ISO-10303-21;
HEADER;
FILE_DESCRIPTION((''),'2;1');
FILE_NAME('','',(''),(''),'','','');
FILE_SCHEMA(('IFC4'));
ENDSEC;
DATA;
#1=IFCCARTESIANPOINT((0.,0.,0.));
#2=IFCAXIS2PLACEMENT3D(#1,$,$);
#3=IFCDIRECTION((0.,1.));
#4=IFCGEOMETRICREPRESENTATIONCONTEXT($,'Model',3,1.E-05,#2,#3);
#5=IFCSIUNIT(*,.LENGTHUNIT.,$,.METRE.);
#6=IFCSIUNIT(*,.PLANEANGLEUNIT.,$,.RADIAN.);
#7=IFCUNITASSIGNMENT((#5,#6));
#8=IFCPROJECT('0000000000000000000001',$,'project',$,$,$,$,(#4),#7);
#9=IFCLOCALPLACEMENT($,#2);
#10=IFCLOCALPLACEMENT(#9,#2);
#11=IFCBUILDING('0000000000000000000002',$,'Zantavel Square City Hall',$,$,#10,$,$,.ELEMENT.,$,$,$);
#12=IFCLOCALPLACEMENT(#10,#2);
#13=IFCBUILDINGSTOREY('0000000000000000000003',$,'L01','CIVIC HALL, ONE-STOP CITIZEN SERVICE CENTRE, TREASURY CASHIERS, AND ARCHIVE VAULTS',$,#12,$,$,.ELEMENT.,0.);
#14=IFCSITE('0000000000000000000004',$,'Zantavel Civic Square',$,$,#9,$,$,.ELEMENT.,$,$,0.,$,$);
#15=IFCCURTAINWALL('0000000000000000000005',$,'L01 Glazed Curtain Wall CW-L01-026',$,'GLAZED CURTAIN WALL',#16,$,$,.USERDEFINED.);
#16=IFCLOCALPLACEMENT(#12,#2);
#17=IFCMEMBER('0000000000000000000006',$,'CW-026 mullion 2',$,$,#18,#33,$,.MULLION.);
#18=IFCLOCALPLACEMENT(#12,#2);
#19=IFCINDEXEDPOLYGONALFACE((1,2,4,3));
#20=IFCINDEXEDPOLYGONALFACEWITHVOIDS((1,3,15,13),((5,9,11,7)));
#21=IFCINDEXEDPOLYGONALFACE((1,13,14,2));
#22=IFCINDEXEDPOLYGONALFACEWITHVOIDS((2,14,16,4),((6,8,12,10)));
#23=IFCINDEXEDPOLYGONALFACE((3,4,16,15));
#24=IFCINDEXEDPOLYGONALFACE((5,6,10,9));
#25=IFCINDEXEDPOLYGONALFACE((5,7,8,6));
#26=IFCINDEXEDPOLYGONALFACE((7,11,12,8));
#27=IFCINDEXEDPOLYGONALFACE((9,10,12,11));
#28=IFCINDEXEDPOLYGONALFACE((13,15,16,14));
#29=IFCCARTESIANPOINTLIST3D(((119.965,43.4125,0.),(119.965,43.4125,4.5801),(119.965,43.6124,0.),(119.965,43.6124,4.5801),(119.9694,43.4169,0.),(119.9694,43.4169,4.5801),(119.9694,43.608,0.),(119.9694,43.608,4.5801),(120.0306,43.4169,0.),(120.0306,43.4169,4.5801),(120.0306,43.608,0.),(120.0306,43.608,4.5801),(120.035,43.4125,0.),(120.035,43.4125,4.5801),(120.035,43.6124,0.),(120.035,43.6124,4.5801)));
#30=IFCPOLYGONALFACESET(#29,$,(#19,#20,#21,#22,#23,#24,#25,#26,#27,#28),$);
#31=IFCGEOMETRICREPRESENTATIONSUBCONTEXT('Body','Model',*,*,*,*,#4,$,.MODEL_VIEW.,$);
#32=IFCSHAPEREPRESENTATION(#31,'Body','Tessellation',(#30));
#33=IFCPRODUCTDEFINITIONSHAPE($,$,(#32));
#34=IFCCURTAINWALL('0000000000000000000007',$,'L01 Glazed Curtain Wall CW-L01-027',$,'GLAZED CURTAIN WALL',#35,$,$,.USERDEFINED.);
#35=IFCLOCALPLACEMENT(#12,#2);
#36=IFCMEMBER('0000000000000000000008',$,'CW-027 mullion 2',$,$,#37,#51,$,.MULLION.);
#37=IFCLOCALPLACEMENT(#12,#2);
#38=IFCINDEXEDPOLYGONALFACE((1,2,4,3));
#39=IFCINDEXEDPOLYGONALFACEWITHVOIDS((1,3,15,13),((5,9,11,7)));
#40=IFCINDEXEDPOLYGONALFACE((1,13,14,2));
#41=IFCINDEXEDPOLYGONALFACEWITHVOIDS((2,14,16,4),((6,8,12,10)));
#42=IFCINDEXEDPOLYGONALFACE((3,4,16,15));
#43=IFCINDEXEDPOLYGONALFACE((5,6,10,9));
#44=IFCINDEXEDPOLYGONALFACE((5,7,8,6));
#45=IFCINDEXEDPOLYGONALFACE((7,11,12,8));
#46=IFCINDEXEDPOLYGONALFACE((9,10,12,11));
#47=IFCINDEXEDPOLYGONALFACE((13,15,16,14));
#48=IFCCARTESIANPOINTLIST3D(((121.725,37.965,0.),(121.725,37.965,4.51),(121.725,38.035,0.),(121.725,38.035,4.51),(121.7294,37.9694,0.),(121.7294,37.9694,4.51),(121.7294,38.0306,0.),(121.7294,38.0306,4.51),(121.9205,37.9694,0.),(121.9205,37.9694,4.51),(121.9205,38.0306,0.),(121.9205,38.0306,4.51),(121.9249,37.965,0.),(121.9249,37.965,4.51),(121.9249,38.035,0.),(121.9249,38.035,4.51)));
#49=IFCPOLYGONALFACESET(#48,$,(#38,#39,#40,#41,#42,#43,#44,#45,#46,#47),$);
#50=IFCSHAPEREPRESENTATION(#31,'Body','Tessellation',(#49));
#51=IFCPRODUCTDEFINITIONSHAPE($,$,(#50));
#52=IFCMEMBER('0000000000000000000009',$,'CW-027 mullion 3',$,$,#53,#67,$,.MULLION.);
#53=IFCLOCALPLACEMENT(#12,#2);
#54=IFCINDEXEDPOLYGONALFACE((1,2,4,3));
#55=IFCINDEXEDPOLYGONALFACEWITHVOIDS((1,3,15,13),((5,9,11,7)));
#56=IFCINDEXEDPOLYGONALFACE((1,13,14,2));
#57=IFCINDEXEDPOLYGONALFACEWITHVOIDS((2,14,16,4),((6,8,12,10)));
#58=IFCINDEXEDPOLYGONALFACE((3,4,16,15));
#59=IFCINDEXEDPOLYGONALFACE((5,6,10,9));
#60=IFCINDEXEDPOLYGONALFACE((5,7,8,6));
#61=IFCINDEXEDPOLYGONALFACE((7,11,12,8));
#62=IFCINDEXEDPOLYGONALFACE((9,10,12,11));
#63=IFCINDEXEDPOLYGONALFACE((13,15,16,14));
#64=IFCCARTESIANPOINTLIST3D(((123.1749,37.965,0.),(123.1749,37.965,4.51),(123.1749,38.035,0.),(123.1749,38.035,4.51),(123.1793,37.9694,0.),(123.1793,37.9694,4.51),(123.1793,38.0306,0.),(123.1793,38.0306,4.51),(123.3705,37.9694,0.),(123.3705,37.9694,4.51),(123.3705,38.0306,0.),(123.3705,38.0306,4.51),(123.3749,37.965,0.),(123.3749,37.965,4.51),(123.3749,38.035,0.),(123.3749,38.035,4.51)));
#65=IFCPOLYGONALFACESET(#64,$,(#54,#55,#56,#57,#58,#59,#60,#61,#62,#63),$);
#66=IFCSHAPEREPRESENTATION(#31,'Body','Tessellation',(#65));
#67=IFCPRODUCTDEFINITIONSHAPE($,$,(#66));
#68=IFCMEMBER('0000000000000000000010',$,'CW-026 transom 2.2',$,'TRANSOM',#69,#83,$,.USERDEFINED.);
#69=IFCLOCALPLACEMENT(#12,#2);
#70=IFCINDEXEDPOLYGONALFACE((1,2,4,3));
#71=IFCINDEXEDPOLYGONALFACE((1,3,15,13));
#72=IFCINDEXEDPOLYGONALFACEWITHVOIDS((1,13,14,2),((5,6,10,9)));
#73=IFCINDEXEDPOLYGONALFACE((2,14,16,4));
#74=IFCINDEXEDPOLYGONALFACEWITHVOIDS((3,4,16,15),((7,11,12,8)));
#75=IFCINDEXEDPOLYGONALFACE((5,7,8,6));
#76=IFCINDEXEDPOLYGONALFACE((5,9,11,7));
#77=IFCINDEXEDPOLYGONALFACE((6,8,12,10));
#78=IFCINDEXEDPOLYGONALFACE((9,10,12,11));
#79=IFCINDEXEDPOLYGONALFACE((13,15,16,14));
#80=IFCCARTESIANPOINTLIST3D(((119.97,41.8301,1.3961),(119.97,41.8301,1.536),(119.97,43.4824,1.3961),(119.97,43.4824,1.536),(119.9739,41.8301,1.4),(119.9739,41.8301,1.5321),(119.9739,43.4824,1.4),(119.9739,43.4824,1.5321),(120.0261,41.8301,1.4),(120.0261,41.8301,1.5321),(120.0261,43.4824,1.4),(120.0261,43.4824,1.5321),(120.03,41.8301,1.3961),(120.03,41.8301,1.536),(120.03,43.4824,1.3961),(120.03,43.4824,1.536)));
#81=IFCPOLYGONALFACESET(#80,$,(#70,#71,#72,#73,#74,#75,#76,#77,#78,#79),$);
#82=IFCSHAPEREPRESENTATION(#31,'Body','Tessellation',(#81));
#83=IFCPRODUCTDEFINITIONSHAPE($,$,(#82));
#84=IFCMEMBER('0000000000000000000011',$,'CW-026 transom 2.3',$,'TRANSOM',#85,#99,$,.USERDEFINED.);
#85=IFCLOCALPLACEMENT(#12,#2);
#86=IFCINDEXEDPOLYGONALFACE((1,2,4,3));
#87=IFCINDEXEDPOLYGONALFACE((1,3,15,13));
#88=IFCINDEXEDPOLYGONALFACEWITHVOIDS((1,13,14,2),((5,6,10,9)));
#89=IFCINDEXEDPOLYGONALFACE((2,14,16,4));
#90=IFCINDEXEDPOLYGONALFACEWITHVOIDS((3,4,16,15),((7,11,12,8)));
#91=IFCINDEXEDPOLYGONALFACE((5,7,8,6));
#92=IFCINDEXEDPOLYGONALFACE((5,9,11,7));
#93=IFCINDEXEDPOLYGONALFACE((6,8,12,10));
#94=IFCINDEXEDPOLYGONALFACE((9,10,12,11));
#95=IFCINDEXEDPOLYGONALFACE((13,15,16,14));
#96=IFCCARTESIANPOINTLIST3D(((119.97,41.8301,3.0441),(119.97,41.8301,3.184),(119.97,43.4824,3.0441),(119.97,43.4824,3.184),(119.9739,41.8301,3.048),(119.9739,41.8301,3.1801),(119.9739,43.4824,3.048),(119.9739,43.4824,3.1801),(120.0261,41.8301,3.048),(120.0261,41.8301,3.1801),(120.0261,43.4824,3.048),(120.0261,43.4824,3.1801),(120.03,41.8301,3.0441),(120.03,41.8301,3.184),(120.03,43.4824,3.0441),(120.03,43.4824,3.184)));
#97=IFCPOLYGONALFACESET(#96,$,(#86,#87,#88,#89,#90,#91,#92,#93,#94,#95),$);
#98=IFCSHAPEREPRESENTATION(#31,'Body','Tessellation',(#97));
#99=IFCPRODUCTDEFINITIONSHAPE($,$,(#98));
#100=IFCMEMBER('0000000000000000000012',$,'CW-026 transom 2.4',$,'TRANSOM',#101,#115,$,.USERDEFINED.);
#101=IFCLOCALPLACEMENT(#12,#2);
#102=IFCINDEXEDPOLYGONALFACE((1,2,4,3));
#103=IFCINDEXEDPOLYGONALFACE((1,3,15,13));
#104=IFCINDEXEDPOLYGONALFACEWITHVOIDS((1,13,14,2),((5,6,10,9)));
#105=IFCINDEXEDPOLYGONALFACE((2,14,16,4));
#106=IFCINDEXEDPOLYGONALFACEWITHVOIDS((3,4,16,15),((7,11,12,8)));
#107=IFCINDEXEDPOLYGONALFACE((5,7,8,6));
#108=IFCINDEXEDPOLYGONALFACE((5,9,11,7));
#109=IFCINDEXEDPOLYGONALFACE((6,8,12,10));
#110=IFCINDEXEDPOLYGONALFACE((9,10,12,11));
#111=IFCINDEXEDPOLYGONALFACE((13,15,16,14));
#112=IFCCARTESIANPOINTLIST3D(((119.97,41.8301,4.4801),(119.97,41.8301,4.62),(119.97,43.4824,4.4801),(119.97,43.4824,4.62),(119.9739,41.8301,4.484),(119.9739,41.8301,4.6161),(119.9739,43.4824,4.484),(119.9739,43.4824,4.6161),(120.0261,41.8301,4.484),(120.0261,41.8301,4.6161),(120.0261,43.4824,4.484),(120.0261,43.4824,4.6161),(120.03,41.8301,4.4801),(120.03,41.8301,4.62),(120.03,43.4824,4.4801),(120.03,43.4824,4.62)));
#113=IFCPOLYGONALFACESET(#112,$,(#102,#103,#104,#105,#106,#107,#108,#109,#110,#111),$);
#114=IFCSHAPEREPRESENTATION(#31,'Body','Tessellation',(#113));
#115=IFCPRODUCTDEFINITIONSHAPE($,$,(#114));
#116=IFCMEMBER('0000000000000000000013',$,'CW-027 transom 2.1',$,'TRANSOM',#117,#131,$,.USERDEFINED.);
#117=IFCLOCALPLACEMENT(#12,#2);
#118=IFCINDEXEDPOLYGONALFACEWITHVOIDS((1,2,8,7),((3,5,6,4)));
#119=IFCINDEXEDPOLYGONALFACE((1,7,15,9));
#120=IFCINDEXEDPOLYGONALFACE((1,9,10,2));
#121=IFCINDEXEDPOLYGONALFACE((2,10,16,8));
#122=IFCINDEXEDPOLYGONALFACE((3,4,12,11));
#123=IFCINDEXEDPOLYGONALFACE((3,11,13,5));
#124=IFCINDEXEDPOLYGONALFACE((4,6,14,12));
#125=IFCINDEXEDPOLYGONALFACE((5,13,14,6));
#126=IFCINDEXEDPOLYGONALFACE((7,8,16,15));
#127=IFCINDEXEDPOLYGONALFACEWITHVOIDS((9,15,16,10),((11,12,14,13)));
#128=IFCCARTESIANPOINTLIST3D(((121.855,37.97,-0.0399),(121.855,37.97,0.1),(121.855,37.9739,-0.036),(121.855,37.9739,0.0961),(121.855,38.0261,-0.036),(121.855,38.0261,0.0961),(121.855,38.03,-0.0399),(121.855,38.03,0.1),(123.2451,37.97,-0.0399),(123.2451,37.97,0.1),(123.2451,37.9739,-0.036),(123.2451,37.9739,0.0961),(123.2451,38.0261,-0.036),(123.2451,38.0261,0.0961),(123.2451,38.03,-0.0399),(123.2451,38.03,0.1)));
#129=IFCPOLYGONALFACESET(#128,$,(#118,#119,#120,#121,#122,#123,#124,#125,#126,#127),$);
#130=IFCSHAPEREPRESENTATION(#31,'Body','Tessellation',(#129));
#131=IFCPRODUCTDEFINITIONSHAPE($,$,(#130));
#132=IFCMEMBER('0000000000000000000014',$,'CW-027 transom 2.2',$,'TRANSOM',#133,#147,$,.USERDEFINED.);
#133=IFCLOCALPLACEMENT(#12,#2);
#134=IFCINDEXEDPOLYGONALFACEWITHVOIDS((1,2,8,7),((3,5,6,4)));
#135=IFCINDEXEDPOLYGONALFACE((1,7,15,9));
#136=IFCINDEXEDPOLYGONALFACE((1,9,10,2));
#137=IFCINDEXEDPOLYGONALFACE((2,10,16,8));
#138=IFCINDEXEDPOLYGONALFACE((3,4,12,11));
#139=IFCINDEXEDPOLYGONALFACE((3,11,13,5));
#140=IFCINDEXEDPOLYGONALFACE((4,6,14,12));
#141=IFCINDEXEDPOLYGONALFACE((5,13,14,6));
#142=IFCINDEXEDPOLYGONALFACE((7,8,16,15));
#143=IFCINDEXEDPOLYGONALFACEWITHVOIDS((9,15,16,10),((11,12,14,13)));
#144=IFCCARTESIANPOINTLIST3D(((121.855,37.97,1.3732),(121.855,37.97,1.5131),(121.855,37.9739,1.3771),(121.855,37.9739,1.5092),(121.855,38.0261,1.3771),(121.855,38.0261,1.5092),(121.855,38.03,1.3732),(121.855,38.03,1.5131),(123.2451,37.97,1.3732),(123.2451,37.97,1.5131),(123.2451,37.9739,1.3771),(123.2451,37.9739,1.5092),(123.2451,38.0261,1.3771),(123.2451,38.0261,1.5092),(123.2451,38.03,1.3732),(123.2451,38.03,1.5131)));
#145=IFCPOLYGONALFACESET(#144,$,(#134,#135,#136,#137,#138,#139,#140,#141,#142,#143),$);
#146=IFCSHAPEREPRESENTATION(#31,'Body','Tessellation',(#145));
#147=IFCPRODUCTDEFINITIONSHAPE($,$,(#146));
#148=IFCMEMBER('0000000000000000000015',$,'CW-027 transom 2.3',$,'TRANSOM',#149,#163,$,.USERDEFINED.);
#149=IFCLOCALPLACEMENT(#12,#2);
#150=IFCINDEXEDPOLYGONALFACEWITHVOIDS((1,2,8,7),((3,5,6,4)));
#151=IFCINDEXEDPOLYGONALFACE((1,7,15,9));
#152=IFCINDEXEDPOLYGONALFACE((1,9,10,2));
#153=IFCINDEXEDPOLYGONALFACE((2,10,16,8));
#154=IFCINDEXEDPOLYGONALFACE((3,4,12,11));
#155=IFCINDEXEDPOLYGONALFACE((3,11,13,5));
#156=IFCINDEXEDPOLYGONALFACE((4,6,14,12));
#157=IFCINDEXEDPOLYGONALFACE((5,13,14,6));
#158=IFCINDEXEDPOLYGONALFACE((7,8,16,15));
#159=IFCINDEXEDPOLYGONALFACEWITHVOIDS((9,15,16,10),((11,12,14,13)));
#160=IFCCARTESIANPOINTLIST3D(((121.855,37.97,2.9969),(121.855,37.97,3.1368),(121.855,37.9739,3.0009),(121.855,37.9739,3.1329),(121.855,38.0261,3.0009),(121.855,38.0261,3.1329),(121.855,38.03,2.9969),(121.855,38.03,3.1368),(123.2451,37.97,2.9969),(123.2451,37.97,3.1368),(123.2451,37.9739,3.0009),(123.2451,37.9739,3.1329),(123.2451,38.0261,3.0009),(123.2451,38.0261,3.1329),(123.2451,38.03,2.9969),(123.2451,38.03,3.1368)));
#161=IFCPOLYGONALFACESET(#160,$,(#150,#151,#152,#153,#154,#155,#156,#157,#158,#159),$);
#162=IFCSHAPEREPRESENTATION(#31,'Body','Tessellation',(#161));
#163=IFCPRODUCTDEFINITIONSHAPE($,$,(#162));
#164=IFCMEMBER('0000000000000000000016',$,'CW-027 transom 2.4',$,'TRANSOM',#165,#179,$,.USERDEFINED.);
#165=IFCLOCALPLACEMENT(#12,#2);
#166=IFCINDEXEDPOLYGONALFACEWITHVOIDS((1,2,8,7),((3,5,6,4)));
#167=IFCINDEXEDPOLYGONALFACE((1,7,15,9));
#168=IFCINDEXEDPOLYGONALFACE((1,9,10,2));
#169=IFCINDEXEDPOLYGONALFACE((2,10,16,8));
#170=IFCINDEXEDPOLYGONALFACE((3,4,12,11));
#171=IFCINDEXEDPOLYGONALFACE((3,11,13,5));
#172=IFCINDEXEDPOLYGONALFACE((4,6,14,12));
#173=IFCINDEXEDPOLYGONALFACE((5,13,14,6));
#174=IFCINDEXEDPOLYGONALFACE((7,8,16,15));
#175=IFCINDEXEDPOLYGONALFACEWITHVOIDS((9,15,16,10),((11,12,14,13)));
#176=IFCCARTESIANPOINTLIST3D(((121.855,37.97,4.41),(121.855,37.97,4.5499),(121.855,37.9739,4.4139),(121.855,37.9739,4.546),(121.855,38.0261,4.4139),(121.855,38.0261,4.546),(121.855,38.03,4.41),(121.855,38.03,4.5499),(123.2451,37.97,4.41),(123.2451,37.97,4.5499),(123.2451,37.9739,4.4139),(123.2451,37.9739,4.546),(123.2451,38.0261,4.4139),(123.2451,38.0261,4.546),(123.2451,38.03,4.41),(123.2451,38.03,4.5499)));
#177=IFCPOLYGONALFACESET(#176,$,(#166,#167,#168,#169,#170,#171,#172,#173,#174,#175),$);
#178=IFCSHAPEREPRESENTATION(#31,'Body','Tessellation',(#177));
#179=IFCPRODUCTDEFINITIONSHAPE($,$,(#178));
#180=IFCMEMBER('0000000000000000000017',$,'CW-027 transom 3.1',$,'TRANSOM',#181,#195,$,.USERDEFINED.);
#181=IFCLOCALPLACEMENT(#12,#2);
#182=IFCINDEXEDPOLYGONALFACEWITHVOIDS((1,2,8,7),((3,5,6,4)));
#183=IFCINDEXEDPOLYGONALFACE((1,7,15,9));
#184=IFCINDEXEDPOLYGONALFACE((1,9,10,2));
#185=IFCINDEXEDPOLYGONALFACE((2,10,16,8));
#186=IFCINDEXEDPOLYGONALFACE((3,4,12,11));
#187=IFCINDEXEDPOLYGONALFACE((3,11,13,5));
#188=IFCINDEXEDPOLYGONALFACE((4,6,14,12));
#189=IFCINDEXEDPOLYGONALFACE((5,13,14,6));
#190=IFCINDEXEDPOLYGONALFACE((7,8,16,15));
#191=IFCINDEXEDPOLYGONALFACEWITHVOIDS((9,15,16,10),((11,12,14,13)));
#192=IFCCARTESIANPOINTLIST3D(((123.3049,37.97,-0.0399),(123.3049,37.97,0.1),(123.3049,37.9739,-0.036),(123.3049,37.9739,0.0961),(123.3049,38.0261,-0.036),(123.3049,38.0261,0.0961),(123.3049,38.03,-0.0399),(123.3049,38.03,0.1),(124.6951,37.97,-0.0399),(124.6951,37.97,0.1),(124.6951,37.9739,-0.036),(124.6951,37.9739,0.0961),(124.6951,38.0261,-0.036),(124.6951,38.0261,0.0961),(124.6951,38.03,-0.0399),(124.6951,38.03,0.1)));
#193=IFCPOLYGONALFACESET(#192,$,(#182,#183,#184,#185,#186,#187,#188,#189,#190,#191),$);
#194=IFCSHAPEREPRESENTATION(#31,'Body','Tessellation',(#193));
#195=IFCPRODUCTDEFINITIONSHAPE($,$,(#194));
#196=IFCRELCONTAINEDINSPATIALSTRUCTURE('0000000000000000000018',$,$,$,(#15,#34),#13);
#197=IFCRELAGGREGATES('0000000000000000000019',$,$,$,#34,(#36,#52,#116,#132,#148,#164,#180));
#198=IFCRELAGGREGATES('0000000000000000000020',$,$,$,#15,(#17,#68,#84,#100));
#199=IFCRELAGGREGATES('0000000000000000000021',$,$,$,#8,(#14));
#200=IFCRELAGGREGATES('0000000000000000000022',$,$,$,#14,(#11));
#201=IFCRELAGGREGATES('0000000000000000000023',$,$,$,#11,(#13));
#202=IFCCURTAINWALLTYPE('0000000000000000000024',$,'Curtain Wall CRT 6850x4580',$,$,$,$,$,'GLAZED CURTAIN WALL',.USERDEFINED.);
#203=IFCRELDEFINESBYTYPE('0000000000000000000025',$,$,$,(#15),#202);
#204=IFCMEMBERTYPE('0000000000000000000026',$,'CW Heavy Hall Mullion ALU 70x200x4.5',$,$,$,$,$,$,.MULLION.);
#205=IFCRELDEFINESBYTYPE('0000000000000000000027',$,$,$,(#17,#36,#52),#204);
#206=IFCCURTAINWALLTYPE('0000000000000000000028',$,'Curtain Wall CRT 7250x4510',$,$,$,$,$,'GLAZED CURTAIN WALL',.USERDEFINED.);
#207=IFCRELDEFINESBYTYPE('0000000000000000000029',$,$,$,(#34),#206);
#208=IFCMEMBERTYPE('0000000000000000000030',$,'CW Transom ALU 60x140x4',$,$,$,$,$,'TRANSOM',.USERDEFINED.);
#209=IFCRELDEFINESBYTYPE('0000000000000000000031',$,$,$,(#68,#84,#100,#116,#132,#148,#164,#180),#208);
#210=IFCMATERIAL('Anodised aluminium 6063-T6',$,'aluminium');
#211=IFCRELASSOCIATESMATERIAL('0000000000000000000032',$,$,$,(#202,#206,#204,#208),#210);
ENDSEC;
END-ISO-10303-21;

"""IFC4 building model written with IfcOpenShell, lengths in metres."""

from ifc_helpers import new_model, si_unit, direction, frame, origin, origin_2d, place, context, subcontext, project, spatial, hollow_rectangle, extrude, material, material_profile, profile_set, type_object, element, aggregate, save


model = new_model("IFC4")

# Units and contexts
model_context = context("Model", 3, precision=1e-05, world=origin(), true_north=direction((0.0, 1.0)))
body_context = subcontext(model_context, "Body", "Model", "MODEL_VIEW")
ifc_project = project(units=[si_unit("LENGTHUNIT", "METRE"), si_unit("PLANEANGLEUNIT", "RADIAN")], contexts=[model_context])

# Site, building, storey
site_placement = place(None, origin())
site = spatial("IfcSite", under=ifc_project, at=site_placement, Name="Zantavel Civic Square", CompositionType="ELEMENT", RefElevation=0.0)
building_placement = place(site_placement, origin())
building = spatial("IfcBuilding", under=site, at=building_placement, Name="Zantavel Square City Hall", CompositionType="ELEMENT")
storey_placement = place(building_placement, origin())
storey = spatial("IfcBuildingStorey", under=building, at=storey_placement, Name="L01", Description="CIVIC HALL, ONE-STOP CITIZEN SERVICE CENTRE, TREASURY CASHIERS, AND ARCHIVE VAULTS", CompositionType="ELEMENT", Elevation=0.0)

# Curtain wall, member
ifc_material_1 = material(Name="Anodised aluminium 6063-T6", Category="aluminium")
curtain_wall_type_1 = type_object("IfcCurtainWallType", Name="Curtain Wall CRT 6850x4580", ElementType="GLAZED CURTAIN WALL", PredefinedType="USERDEFINED", material=ifc_material_1)
curtain_wall_1_placement = place(storey_placement, origin())
curtain_wall_1 = element("IfcCurtainWall", 1, at=curtain_wall_1_placement, inside=storey, type_object=curtain_wall_type_1, Name="L01 Glazed Curtain Wall CW-L01-026", ObjectType="GLAZED CURTAIN WALL", PredefinedType="USERDEFINED")
ifc_material_profile_1 = material_profile(ifc_material_1, hollow_rectangle(XDim=0.0701, YDim=0.2, WallThickness=0.0044, at=origin_2d()), Name="ALU 70x200x4.5")
ifc_profile_set_1 = profile_set([ifc_material_profile_1], Name="Anodised aluminium 6063-T6")
member_type_1 = type_object("IfcMemberType", Name="CW Heavy Hall Mullion ALU 70x200x4.5", PredefinedType="MULLION", material=ifc_profile_set_1)
member_1_placement = place(storey_placement, frame((120.0, 43.5125, 0.0), z_axis=(0.0, 0.0, 1.0), x_axis=(1.0, 0.0, 0.0)))
member_1 = element("IfcMember", 2, at=member_1_placement, type_object=member_type_1, Name="CW-026 mullion 2", PredefinedType="MULLION", context=body_context, shape_type="SweptSolid", body=[
    extrude(hollow_rectangle(XDim=0.0701, YDim=0.2, WallThickness=0.0044, at=origin_2d()), origin(), (0.0, 0.0, 1.0), 4.5801),
])

# Curtain wall, members
curtain_wall_type_2 = type_object("IfcCurtainWallType", Name="Curtain Wall CRT 7250x4510", ElementType="GLAZED CURTAIN WALL", PredefinedType="USERDEFINED", material=ifc_material_1)
curtain_wall_2_placement = place(storey_placement, origin())
curtain_wall_2 = element("IfcCurtainWall", 3, at=curtain_wall_2_placement, inside=storey, type_object=curtain_wall_type_2, Name="L01 Glazed Curtain Wall CW-L01-027", ObjectType="GLAZED CURTAIN WALL", PredefinedType="USERDEFINED")
member_2_placement = place(storey_placement, frame((121.825, 38.0, 0.0), z_axis=(0.0, 0.0, 1.0), x_axis=(0.0, 1.0, 0.0)))
member_2 = element("IfcMember", 4, at=member_2_placement, type_object=member_type_1, Name="CW-027 mullion 2", PredefinedType="MULLION", context=body_context, shape_type="SweptSolid", body=[
    extrude(hollow_rectangle(XDim=0.0701, YDim=0.2, WallThickness=0.0044, at=origin_2d()), origin(), (0.0, 0.0, 1.0), 4.51),
])
member_3_placement = place(storey_placement, frame((123.2749, 38.0, 0.0), z_axis=(0.0, 0.0, 1.0), x_axis=(0.0, 1.0, 0.0)))
member_3 = element("IfcMember", 5, at=member_3_placement, type_object=member_type_1, Name="CW-027 mullion 3", PredefinedType="MULLION", context=body_context, shape_type="SweptSolid", body=[
    extrude(hollow_rectangle(XDim=0.0701, YDim=0.2, WallThickness=0.0044, at=origin_2d()), origin(), (0.0, 0.0, 1.0), 4.51),
])

# Members
ifc_material_profile_2 = material_profile(ifc_material_1, hollow_rectangle(XDim=0.0601, YDim=0.1399, WallThickness=0.0039, at=origin_2d()), Name="ALU 60x140x4")
ifc_profile_set_2 = profile_set([ifc_material_profile_2], Name="Anodised aluminium 6063-T6")
member_type_2 = type_object("IfcMemberType", Name="CW Transom ALU 60x140x4", ElementType="TRANSOM", PredefinedType="USERDEFINED", material=ifc_profile_set_2)
member_4_placement = place(storey_placement, frame((120.0, 43.4824, 1.4661), z_axis=(0.0, -1.0, 0.0), x_axis=(1.0, 0.0, 0.0)))
member_4 = element("IfcMember", 6, at=member_4_placement, type_object=member_type_2, Name="CW-026 transom 2.2", ObjectType="TRANSOM", PredefinedType="USERDEFINED", context=body_context, shape_type="SweptSolid", body=[
    extrude(hollow_rectangle(XDim=0.0601, YDim=0.1399, WallThickness=0.0039, at=origin_2d()), origin(), (0.0, 0.0, 1.0), 1.6523),
])
member_5_placement = place(storey_placement, frame((120.0, 43.4824, 3.114), z_axis=(0.0, -1.0, 0.0), x_axis=(1.0, 0.0, 0.0)))
member_5 = element("IfcMember", 7, at=member_5_placement, type_object=member_type_2, Name="CW-026 transom 2.3", ObjectType="TRANSOM", PredefinedType="USERDEFINED", context=body_context, shape_type="SweptSolid", body=[
    extrude(hollow_rectangle(XDim=0.0601, YDim=0.1399, WallThickness=0.0039, at=origin_2d()), origin(), (0.0, 0.0, 1.0), 1.6523),
])
member_6_placement = place(storey_placement, frame((120.0, 43.4824, 4.55), z_axis=(0.0, -1.0, 0.0), x_axis=(1.0, 0.0, 0.0)))
member_6 = element("IfcMember", 8, at=member_6_placement, type_object=member_type_2, Name="CW-026 transom 2.4", ObjectType="TRANSOM", PredefinedType="USERDEFINED", context=body_context, shape_type="SweptSolid", body=[
    extrude(hollow_rectangle(XDim=0.0601, YDim=0.1399, WallThickness=0.0039, at=origin_2d()), origin(), (0.0, 0.0, 1.0), 1.6523),
])
member_7_placement = place(storey_placement, frame((121.855, 38.0, 0.03), z_axis=(1.0, 0.0, 0.0), x_axis=(0.0, 1.0, 0.0)))
member_7 = element("IfcMember", 9, at=member_7_placement, type_object=member_type_2, Name="CW-027 transom 2.1", ObjectType="TRANSOM", PredefinedType="USERDEFINED", context=body_context, shape_type="SweptSolid", body=[
    extrude(hollow_rectangle(XDim=0.0601, YDim=0.1399, WallThickness=0.0039, at=origin_2d()), origin(), (0.0, 0.0, 1.0), 1.3901),
])
member_8_placement = place(storey_placement, frame((121.855, 38.0, 1.4431), z_axis=(1.0, 0.0, 0.0), x_axis=(0.0, 1.0, 0.0)))
member_8 = element("IfcMember", 10, at=member_8_placement, type_object=member_type_2, Name="CW-027 transom 2.2", ObjectType="TRANSOM", PredefinedType="USERDEFINED", context=body_context, shape_type="SweptSolid", body=[
    extrude(hollow_rectangle(XDim=0.0601, YDim=0.1399, WallThickness=0.0039, at=origin_2d()), origin(), (0.0, 0.0, 1.0), 1.3901),
])
member_9_placement = place(storey_placement, frame((121.855, 38.0, 3.0669), z_axis=(1.0, 0.0, 0.0), x_axis=(0.0, 1.0, 0.0)))
member_9 = element("IfcMember", 11, at=member_9_placement, type_object=member_type_2, Name="CW-027 transom 2.3", ObjectType="TRANSOM", PredefinedType="USERDEFINED", context=body_context, shape_type="SweptSolid", body=[
    extrude(hollow_rectangle(XDim=0.0601, YDim=0.1399, WallThickness=0.0039, at=origin_2d()), origin(), (0.0, 0.0, 1.0), 1.3901),
])
member_10_placement = place(storey_placement, frame((121.855, 38.0, 4.48), z_axis=(1.0, 0.0, 0.0), x_axis=(0.0, 1.0, 0.0)))
member_10 = element("IfcMember", 12, at=member_10_placement, type_object=member_type_2, Name="CW-027 transom 2.4", ObjectType="TRANSOM", PredefinedType="USERDEFINED", context=body_context, shape_type="SweptSolid", body=[
    extrude(hollow_rectangle(XDim=0.0601, YDim=0.1399, WallThickness=0.0039, at=origin_2d()), origin(), (0.0, 0.0, 1.0), 1.3901),
])
member_11_placement = place(storey_placement, frame((123.3049, 38.0, 0.03), z_axis=(1.0, 0.0, 0.0), x_axis=(0.0, 1.0, 0.0)))
member_11 = element("IfcMember", 13, at=member_11_placement, type_object=member_type_2, Name="CW-027 transom 3.1", ObjectType="TRANSOM", PredefinedType="USERDEFINED", context=body_context, shape_type="SweptSolid", body=[
    extrude(hollow_rectangle(XDim=0.0601, YDim=0.1399, WallThickness=0.0039, at=origin_2d()), origin(), (0.0, 0.0, 1.0), 1.3901),
])

aggregate(curtain_wall_2, [member_2, member_3, member_7, member_8, member_9, member_10, member_11])
aggregate(curtain_wall_1, [member_1, member_4, member_5, member_6])

save(model, "model.ifc")
